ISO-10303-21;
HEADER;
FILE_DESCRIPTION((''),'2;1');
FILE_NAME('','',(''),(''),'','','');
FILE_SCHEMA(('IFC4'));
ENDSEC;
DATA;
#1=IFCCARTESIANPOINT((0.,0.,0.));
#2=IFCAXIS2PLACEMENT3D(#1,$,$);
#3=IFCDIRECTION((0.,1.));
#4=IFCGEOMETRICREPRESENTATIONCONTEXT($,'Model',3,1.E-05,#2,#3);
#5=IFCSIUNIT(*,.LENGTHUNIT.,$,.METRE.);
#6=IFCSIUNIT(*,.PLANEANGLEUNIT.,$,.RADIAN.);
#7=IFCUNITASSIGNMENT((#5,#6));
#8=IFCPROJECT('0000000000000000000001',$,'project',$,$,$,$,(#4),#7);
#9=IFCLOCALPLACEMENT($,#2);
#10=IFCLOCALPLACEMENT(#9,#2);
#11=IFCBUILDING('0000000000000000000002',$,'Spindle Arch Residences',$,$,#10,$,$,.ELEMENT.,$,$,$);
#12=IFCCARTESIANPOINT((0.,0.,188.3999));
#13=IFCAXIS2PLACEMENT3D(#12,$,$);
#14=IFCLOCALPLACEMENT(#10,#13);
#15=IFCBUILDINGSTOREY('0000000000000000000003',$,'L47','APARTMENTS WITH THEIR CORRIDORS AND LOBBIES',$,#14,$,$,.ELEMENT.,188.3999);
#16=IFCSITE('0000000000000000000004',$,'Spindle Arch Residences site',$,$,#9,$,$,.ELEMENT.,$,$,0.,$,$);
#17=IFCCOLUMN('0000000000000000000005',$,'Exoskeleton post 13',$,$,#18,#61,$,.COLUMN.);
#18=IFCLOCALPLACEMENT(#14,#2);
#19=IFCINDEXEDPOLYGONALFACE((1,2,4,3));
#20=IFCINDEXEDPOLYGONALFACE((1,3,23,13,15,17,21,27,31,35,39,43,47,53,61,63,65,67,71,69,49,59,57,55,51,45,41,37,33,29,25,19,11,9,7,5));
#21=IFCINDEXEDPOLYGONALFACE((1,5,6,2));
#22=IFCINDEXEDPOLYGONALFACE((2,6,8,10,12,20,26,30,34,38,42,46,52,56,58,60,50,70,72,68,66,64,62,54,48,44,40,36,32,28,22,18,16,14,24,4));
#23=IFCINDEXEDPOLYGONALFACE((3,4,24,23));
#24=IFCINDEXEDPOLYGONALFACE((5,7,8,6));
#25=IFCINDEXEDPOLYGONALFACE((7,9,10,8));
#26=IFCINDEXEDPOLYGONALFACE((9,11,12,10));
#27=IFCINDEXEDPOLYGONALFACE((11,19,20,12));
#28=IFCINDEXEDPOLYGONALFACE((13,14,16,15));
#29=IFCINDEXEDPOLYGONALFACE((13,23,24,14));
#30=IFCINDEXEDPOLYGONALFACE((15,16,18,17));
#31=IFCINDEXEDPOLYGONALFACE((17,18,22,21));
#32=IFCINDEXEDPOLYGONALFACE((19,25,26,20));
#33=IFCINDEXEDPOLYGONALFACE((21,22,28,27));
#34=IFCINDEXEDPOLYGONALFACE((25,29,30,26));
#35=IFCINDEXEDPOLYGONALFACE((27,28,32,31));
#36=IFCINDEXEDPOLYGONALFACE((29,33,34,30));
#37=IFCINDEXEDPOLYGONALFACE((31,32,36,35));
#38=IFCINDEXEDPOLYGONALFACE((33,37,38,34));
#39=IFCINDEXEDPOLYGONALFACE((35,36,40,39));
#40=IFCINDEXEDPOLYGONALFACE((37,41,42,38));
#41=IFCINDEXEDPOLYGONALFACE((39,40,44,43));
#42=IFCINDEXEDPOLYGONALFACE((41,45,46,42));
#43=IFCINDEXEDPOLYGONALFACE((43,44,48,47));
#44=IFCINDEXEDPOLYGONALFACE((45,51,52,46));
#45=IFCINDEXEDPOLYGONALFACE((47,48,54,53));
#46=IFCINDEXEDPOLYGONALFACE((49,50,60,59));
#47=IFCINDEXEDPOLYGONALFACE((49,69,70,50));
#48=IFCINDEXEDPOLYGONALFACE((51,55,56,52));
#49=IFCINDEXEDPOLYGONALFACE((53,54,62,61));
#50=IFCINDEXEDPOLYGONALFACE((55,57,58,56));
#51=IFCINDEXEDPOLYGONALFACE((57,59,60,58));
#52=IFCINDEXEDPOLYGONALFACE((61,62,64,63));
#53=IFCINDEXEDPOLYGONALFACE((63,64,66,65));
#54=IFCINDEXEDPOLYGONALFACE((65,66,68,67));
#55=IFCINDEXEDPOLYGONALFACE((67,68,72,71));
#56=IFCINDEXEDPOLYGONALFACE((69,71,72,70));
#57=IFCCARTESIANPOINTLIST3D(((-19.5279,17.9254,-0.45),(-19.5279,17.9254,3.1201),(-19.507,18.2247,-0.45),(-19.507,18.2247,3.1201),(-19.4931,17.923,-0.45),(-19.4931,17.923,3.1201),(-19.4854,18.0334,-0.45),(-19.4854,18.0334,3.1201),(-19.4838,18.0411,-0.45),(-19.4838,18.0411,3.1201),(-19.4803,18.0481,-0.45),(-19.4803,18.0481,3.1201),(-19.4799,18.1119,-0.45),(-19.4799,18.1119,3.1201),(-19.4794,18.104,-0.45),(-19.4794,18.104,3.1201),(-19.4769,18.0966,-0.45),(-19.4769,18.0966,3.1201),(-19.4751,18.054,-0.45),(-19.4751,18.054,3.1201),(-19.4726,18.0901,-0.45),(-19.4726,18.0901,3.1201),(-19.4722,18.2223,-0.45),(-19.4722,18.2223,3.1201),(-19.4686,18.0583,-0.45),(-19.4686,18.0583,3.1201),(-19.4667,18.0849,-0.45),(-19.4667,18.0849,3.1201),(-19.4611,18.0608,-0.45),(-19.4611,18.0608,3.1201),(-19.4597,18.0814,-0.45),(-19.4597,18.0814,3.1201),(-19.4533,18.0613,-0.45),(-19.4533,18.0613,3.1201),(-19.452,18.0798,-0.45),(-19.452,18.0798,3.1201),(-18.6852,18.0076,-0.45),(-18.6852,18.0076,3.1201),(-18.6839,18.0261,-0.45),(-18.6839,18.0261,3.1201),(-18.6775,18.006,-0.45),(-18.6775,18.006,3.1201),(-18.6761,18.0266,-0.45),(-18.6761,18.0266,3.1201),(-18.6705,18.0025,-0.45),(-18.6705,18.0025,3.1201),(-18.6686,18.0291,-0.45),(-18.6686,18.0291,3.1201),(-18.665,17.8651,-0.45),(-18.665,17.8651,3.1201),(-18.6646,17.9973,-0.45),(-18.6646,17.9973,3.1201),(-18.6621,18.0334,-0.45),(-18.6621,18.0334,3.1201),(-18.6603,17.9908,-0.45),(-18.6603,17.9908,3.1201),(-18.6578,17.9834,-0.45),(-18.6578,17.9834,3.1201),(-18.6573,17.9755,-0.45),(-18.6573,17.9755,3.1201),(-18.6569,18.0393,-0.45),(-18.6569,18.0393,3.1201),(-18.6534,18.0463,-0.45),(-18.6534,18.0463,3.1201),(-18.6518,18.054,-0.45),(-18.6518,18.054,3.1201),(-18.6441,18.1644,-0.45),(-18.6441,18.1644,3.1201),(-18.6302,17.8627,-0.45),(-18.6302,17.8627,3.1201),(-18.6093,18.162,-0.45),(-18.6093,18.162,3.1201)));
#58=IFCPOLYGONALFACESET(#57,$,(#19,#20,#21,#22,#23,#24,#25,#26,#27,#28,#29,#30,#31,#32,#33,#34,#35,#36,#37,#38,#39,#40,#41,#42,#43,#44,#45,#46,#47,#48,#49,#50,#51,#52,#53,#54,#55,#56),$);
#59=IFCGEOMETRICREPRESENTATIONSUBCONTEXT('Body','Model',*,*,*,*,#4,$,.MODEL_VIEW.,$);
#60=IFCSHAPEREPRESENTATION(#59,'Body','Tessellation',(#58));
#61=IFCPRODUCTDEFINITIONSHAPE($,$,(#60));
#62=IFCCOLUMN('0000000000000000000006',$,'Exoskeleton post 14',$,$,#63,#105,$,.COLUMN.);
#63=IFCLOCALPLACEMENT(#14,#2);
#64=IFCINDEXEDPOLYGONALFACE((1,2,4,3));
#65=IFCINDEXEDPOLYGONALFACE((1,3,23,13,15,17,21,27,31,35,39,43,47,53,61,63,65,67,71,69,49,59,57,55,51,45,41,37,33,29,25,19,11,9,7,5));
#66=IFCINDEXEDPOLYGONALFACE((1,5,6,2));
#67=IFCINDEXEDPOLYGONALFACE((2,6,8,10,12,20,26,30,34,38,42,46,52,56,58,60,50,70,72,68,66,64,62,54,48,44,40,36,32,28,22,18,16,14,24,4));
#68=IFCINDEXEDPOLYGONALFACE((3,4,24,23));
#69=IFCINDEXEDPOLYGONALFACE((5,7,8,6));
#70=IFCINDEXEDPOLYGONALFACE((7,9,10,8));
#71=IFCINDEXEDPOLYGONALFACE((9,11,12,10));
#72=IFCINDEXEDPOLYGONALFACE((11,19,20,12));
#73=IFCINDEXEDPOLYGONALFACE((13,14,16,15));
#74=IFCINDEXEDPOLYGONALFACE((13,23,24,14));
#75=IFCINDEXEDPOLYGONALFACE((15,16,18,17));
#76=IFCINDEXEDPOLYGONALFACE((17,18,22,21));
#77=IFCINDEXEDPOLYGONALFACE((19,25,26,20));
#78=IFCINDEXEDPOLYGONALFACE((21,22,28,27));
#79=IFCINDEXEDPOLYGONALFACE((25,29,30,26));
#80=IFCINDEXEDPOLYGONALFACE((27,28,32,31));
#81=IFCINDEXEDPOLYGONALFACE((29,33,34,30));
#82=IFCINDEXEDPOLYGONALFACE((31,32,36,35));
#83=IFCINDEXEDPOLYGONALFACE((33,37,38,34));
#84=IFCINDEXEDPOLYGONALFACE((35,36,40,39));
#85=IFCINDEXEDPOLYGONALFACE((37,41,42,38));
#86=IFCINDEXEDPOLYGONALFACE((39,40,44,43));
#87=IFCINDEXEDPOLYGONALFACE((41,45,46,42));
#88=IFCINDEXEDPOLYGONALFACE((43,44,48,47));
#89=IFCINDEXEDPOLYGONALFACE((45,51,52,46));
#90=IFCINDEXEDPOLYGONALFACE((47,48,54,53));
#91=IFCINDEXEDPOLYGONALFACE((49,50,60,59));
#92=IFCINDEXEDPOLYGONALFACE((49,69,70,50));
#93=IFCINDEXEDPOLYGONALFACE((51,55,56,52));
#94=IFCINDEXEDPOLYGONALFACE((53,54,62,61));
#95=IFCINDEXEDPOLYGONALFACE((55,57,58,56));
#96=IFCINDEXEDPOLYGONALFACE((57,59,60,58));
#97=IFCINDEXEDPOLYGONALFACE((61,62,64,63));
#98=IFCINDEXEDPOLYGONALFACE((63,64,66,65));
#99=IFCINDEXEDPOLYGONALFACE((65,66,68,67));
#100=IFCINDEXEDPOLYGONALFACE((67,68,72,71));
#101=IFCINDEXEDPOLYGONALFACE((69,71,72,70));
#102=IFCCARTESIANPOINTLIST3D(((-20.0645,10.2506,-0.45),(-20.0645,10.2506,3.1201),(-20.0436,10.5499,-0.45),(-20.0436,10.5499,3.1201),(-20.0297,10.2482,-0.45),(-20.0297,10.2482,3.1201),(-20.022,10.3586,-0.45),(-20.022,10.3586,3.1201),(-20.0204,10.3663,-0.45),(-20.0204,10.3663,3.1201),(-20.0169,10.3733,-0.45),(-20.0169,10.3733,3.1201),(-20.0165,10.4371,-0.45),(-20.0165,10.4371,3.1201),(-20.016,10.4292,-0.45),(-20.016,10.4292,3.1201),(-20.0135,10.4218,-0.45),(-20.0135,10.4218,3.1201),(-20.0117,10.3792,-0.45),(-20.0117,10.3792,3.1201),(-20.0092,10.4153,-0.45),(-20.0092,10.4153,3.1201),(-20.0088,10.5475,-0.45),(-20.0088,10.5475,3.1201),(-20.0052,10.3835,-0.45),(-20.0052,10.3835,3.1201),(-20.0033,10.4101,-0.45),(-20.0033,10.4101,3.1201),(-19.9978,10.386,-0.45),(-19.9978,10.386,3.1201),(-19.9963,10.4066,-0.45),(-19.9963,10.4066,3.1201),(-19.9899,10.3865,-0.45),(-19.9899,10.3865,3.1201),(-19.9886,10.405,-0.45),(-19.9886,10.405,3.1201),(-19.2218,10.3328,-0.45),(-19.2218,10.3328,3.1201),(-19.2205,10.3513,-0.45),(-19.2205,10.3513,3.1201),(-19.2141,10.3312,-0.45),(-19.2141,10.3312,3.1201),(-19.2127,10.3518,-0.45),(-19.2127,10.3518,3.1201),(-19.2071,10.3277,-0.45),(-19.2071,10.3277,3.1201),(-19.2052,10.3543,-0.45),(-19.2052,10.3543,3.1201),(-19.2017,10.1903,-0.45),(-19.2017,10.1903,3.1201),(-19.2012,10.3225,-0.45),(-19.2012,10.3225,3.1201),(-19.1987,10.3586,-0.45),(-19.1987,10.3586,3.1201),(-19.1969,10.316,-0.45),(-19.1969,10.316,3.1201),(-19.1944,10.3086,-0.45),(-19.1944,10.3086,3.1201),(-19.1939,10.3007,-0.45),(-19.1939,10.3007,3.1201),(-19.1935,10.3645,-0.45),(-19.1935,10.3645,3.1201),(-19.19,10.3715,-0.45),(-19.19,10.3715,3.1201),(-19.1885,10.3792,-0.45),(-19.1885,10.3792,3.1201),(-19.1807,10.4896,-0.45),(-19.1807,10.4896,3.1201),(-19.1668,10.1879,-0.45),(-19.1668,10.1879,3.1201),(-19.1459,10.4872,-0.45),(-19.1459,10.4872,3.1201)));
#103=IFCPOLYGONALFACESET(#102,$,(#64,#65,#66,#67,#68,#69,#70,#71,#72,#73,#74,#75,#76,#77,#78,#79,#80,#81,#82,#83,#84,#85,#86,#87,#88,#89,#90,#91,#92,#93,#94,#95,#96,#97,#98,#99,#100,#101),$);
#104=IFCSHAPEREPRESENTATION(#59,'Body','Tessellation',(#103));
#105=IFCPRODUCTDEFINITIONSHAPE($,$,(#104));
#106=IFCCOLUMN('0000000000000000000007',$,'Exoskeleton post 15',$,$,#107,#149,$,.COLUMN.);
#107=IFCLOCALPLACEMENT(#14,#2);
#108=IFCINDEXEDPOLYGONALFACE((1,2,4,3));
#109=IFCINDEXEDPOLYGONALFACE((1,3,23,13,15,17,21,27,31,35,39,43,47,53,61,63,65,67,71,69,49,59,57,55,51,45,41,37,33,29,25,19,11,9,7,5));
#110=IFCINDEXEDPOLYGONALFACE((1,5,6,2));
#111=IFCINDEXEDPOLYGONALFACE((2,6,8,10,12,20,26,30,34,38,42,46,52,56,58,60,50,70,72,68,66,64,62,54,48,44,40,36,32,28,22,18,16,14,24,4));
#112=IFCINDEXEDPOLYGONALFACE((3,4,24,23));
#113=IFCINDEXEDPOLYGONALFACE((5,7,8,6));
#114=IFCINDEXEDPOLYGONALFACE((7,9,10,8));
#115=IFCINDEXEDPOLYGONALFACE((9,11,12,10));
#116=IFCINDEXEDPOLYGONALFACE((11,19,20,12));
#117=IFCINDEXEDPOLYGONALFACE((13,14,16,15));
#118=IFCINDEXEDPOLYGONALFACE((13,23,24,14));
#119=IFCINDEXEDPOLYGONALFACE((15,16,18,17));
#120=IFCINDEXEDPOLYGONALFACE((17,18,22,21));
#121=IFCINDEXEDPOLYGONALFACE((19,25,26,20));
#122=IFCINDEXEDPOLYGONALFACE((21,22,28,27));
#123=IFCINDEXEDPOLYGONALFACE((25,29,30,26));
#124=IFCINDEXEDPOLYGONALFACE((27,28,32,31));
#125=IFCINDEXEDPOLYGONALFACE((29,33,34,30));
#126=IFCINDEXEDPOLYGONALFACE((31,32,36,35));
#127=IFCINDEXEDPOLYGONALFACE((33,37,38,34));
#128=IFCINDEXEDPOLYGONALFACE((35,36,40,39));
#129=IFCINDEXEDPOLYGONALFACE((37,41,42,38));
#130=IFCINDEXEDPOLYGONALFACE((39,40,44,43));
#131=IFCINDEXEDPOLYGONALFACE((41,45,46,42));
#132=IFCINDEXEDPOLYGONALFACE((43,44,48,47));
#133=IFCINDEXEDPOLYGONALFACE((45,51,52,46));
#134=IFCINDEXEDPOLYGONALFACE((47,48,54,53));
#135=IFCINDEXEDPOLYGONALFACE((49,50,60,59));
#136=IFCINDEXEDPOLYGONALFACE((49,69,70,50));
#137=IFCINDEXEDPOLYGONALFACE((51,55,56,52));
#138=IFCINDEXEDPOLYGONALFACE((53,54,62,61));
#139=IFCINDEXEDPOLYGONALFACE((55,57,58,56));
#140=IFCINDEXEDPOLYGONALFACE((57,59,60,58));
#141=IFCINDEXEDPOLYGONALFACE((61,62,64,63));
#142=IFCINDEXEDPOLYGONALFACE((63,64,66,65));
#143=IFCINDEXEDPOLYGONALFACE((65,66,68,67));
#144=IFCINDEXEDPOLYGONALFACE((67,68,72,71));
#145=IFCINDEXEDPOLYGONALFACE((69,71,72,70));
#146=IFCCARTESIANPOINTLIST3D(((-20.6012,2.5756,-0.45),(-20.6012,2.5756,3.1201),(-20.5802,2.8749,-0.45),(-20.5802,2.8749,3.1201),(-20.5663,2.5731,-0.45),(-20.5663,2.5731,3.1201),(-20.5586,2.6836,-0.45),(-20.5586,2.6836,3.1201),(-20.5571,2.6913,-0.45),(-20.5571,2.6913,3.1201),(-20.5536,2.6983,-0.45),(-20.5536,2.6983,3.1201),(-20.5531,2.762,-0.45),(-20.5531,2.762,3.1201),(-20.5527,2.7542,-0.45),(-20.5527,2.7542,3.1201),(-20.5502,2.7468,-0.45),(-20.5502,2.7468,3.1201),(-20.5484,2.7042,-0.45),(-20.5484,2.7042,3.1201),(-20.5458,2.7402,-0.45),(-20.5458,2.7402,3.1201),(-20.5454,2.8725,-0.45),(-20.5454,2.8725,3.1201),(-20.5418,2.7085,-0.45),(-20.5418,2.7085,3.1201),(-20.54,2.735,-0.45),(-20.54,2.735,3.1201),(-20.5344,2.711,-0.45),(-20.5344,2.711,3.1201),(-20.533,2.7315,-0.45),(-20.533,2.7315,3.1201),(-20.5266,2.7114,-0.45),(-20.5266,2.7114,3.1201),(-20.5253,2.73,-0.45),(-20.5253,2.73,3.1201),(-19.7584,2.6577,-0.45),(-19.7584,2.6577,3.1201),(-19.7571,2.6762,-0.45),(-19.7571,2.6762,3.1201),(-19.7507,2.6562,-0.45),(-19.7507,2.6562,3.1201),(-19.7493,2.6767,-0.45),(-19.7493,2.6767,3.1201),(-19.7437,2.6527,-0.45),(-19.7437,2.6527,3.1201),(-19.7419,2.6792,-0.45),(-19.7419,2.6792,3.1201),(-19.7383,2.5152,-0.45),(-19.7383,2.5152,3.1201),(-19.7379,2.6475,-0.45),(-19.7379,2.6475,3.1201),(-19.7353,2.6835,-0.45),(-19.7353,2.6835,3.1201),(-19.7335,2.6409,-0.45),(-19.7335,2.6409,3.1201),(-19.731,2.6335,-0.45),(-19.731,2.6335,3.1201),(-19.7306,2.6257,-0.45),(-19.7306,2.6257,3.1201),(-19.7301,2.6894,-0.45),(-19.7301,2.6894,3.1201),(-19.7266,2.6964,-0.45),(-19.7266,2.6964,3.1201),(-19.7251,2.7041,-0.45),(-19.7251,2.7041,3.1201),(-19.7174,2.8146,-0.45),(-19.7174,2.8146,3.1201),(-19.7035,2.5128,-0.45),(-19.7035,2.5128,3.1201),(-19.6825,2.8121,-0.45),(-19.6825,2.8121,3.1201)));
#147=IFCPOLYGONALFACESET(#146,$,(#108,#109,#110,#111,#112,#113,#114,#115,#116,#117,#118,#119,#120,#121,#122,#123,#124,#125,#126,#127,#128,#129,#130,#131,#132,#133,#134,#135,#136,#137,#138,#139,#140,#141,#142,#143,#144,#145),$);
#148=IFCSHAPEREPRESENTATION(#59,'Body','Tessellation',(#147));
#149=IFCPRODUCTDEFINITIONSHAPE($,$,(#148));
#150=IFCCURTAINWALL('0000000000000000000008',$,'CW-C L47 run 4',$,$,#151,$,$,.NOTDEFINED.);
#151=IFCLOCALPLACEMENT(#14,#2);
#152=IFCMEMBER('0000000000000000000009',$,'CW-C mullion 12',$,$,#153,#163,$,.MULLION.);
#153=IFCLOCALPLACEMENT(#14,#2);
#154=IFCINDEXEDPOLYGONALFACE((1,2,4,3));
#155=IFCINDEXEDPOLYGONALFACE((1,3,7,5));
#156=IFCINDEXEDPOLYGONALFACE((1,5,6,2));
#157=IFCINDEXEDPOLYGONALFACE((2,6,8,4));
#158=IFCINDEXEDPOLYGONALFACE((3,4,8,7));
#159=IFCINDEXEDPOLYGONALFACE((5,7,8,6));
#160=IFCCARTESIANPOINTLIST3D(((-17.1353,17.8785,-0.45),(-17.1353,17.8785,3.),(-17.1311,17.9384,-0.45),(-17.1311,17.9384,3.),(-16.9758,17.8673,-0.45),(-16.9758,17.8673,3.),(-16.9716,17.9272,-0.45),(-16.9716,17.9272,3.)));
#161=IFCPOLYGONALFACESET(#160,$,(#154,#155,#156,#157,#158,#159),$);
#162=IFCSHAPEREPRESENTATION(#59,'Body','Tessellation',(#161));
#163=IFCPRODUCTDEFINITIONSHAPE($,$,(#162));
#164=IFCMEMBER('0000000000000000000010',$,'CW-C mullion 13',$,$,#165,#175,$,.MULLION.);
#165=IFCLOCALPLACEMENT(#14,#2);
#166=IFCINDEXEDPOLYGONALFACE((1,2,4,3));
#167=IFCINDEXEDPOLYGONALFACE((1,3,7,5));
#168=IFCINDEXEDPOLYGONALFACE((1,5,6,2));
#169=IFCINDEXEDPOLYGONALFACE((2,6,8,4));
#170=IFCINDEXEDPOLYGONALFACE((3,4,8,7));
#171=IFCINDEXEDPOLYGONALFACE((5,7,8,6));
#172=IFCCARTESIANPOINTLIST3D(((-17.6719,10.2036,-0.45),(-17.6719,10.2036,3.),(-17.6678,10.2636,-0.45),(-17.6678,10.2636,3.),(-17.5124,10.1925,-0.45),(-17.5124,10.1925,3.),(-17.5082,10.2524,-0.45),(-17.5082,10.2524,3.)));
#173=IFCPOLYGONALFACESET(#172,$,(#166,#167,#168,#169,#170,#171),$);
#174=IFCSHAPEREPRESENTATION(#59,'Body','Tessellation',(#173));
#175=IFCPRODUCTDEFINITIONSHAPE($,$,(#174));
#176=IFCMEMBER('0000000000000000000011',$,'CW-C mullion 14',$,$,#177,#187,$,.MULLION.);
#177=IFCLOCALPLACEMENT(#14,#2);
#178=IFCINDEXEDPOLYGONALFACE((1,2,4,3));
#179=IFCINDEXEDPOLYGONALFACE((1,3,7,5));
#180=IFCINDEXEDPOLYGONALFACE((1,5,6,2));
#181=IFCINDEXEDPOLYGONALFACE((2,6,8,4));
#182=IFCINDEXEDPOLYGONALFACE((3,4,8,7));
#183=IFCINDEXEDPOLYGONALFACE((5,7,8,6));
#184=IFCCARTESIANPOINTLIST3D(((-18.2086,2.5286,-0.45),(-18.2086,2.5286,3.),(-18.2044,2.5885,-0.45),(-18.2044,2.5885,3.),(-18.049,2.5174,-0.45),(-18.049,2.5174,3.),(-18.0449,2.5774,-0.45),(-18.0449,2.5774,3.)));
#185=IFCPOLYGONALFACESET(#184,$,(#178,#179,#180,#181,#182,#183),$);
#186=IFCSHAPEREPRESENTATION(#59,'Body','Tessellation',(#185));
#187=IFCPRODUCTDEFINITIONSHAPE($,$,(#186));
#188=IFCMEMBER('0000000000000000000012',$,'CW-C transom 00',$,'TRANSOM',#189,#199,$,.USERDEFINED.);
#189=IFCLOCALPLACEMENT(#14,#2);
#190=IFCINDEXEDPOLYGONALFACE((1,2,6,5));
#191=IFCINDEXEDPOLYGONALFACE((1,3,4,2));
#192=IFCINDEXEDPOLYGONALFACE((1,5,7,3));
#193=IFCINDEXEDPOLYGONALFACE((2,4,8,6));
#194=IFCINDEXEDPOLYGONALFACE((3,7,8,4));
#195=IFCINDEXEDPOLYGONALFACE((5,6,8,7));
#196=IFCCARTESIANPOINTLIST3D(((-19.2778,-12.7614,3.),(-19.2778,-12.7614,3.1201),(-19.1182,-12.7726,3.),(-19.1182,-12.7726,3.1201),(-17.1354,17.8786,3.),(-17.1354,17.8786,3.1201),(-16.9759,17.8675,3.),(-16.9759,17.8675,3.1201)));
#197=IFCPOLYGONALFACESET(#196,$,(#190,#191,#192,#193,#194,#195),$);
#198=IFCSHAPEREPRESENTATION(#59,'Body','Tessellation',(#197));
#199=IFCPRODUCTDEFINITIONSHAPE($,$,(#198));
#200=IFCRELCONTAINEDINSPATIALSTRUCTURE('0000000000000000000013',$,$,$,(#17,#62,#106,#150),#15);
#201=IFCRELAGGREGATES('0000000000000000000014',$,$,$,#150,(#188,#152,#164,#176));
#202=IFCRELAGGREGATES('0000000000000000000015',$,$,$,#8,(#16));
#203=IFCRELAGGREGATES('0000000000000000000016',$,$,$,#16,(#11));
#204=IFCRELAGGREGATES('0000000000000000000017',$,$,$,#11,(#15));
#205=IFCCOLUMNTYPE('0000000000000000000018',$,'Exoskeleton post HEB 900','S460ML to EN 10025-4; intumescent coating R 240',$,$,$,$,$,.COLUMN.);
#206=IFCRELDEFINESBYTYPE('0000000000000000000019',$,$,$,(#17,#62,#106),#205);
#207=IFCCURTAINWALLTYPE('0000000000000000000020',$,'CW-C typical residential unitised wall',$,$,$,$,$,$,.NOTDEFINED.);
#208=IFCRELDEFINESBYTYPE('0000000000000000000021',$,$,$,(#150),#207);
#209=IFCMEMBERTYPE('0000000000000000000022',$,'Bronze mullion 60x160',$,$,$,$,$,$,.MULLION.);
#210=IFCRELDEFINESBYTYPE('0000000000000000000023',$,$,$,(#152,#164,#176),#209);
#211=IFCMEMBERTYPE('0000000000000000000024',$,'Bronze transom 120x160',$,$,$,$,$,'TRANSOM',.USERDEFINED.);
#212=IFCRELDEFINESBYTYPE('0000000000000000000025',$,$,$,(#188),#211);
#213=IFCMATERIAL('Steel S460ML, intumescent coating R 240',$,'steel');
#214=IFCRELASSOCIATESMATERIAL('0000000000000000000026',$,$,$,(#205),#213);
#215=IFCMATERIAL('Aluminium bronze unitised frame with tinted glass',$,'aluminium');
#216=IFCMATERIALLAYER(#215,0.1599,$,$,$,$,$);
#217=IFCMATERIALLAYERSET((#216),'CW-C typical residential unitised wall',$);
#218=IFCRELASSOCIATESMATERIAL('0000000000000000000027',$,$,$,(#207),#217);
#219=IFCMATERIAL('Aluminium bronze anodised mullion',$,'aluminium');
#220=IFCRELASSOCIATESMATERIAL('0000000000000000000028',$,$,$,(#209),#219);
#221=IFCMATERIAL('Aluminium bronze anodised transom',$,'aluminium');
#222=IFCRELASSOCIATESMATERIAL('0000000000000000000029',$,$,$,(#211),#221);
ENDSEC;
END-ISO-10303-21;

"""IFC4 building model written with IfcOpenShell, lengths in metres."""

from ifc_helpers import new_model, si_unit, direction, frame, origin, origin_2d, place, context, subcontext, project, spatial, rectangle, i_section, extrude, material, layer, layer_set, material_profile, profile_set, type_object, element, aggregate, save


model = new_model("IFC4")

# Units and contexts
model_context = context("Model", 3, precision=1e-05, world=origin(), true_north=direction((0.0, 1.0)))
body_context = subcontext(model_context, "Body", "Model", "MODEL_VIEW")
ifc_project = project(units=[si_unit("LENGTHUNIT", "METRE"), si_unit("PLANEANGLEUNIT", "RADIAN")], contexts=[model_context])

# Site, building, storey
site_placement = place(None, origin())
site = spatial("IfcSite", under=ifc_project, at=site_placement, Name="Spindle Arch Residences site", CompositionType="ELEMENT", RefElevation=0.0)
building_placement = place(site_placement, origin())
building = spatial("IfcBuilding", under=site, at=building_placement, Name="Spindle Arch Residences", CompositionType="ELEMENT")
storey_placement = place(building_placement, frame((0.0, 0.0, 188.3999)))
storey = spatial("IfcBuildingStorey", under=building, at=storey_placement, Name="L47", Description="APARTMENTS WITH THEIR CORRIDORS AND LOBBIES", CompositionType="ELEMENT", Elevation=188.3999)

# Columns
ifc_material_1 = material(Name="Steel S460ML, intumescent coating R 240", Category="steel")
ifc_material_profile_1 = material_profile(ifc_material_1, i_section(OverallWidth=0.3, OverallDepth=0.8999, WebThickness=0.0186, FlangeThickness=0.0349, FilletRadius=0.03, at=origin_2d()), Name="HEB 900")
ifc_profile_set_1 = profile_set([ifc_material_profile_1], Name="Steel S460ML, intumescent coating R 240")
column_type = type_object("IfcColumnType", Name="Exoskeleton post HEB 900", Description="S460ML to EN 10025-4; intumescent coating R 240", PredefinedType="COLUMN", material=ifc_profile_set_1)
for number, where, z_axis, x_axis, name in (
    (1, (-19.0686, 18.0437, -0.45), (0.0, 0.0, 1.0), (0.069756, 0.997564, 0.0), "Exoskeleton post 13"),
    (2, (-19.6052, 10.3689, -0.45), (0.0, 0.0, 1.0), (0.069756, 0.997564, 0.0), "Exoskeleton post 14"),
    (3, (-20.1418, 2.6938, -0.45), (0.0, 0.0, 1.0), (0.069756, 0.997564, 0.0), "Exoskeleton post 15"),
):
    element("IfcColumn", number, at=place(storey_placement, frame(where, z_axis=z_axis, x_axis=x_axis)), inside=storey, type_object=column_type, Name=name, PredefinedType="COLUMN", context=body_context, shape_type="SweptSolid", body=[
        extrude(i_section(OverallWidth=0.3, OverallDepth=0.8999, WebThickness=0.0186, FlangeThickness=0.0349, FilletRadius=0.03, at=origin_2d()), origin(), (0.0, 0.0, 1.0), 3.5701),
    ])

# Curtain wall, members
ifc_material_2 = material(Name="Aluminium bronze unitised frame with tinted glass", Category="aluminium")
ifc_layer_1 = layer(ifc_material_2, 0.1599)
ifc_layer_set_1 = layer_set([ifc_layer_1], Name="CW-C typical residential unitised wall")
curtain_wall_type = type_object("IfcCurtainWallType", Name="CW-C typical residential unitised wall", PredefinedType="NOTDEFINED", material=ifc_layer_set_1)
curtain_wall_placement = place(storey_placement, origin())
curtain_wall = element("IfcCurtainWall", 4, at=curtain_wall_placement, inside=storey, type_object=curtain_wall_type, Name="CW-C L47 run 4", PredefinedType="NOTDEFINED")
ifc_material_3 = material(Name="Aluminium bronze anodised mullion", Category="aluminium")
ifc_material_profile_2 = material_profile(ifc_material_3, rectangle(XDim=0.1599, YDim=0.0601, at=origin_2d()), Name="MU 60x160")
ifc_profile_set_2 = profile_set([ifc_material_profile_2], Name="Aluminium bronze anodised mullion")
member_type_1 = type_object("IfcMemberType", Name="Bronze mullion 60x160", PredefinedType="MULLION", material=ifc_profile_set_2)
member_1_placement = place(storey_placement, frame((-17.0535, 17.9028, -0.45), z_axis=(0.0, 0.0, 1.0), x_axis=(0.997564, -0.069756, 0.0)))
member_1 = element("IfcMember", 5, at=member_1_placement, type_object=member_type_1, Name="CW-C mullion 12", PredefinedType="MULLION", context=body_context, shape_type="SweptSolid", body=[
    extrude(rectangle(XDim=0.1599, YDim=0.0601, at=origin_2d()), origin(), (0.0, 0.0, 1.0), 3.45),
])
member_2_placement = place(storey_placement, frame((-17.5901, 10.228, -0.45), z_axis=(0.0, 0.0, 1.0), x_axis=(0.997564, -0.069756, 0.0)))
member_2 = element("IfcMember", 6, at=member_2_placement, type_object=member_type_1, Name="CW-C mullion 13", PredefinedType="MULLION", context=body_context, shape_type="SweptSolid", body=[
    extrude(rectangle(XDim=0.1599, YDim=0.0601, at=origin_2d()), origin(), (0.0, 0.0, 1.0), 3.45),
])
member_3_placement = place(storey_placement, frame((-18.1267, 2.553, -0.45), z_axis=(0.0, 0.0, 1.0), x_axis=(0.997564, -0.069756, 0.0)))
member_3 = element("IfcMember", 7, at=member_3_placement, type_object=member_type_1, Name="CW-C mullion 14", PredefinedType="MULLION", context=body_context, shape_type="SweptSolid", body=[
    extrude(rectangle(XDim=0.1599, YDim=0.0601, at=origin_2d()), origin(), (0.0, 0.0, 1.0), 3.45),
])
ifc_material_4 = material(Name="Aluminium bronze anodised transom", Category="aluminium")
ifc_material_profile_3 = material_profile(ifc_material_4, rectangle(XDim=0.1599, YDim=0.1201, at=origin_2d()), Name="TR 120x160")
ifc_profile_set_3 = profile_set([ifc_material_profile_3], Name="Aluminium bronze anodised transom")
member_type_2 = type_object("IfcMemberType", Name="Bronze transom 120x160", ElementType="TRANSOM", PredefinedType="USERDEFINED", material=ifc_profile_set_3)
member_4_placement = place(storey_placement, frame((-17.0557, 17.873, 3.0601), z_axis=(-0.069749, -0.997565, 0.0), x_axis=(0.997565, -0.069749, 0.0)))
member_4 = element("IfcMember", 8, at=member_4_placement, type_object=member_type_2, Name="CW-C transom 00", ObjectType="TRANSOM", PredefinedType="USERDEFINED", context=body_context, shape_type="SweptSolid", body=[
    extrude(rectangle(XDim=0.1599, YDim=0.1201, at=origin_2d()), origin(), (0.0, 0.0, 1.0), 30.7148),
])

aggregate(curtain_wall, [member_4, member_1, member_2, member_3])

save(model, "model.ifc")
